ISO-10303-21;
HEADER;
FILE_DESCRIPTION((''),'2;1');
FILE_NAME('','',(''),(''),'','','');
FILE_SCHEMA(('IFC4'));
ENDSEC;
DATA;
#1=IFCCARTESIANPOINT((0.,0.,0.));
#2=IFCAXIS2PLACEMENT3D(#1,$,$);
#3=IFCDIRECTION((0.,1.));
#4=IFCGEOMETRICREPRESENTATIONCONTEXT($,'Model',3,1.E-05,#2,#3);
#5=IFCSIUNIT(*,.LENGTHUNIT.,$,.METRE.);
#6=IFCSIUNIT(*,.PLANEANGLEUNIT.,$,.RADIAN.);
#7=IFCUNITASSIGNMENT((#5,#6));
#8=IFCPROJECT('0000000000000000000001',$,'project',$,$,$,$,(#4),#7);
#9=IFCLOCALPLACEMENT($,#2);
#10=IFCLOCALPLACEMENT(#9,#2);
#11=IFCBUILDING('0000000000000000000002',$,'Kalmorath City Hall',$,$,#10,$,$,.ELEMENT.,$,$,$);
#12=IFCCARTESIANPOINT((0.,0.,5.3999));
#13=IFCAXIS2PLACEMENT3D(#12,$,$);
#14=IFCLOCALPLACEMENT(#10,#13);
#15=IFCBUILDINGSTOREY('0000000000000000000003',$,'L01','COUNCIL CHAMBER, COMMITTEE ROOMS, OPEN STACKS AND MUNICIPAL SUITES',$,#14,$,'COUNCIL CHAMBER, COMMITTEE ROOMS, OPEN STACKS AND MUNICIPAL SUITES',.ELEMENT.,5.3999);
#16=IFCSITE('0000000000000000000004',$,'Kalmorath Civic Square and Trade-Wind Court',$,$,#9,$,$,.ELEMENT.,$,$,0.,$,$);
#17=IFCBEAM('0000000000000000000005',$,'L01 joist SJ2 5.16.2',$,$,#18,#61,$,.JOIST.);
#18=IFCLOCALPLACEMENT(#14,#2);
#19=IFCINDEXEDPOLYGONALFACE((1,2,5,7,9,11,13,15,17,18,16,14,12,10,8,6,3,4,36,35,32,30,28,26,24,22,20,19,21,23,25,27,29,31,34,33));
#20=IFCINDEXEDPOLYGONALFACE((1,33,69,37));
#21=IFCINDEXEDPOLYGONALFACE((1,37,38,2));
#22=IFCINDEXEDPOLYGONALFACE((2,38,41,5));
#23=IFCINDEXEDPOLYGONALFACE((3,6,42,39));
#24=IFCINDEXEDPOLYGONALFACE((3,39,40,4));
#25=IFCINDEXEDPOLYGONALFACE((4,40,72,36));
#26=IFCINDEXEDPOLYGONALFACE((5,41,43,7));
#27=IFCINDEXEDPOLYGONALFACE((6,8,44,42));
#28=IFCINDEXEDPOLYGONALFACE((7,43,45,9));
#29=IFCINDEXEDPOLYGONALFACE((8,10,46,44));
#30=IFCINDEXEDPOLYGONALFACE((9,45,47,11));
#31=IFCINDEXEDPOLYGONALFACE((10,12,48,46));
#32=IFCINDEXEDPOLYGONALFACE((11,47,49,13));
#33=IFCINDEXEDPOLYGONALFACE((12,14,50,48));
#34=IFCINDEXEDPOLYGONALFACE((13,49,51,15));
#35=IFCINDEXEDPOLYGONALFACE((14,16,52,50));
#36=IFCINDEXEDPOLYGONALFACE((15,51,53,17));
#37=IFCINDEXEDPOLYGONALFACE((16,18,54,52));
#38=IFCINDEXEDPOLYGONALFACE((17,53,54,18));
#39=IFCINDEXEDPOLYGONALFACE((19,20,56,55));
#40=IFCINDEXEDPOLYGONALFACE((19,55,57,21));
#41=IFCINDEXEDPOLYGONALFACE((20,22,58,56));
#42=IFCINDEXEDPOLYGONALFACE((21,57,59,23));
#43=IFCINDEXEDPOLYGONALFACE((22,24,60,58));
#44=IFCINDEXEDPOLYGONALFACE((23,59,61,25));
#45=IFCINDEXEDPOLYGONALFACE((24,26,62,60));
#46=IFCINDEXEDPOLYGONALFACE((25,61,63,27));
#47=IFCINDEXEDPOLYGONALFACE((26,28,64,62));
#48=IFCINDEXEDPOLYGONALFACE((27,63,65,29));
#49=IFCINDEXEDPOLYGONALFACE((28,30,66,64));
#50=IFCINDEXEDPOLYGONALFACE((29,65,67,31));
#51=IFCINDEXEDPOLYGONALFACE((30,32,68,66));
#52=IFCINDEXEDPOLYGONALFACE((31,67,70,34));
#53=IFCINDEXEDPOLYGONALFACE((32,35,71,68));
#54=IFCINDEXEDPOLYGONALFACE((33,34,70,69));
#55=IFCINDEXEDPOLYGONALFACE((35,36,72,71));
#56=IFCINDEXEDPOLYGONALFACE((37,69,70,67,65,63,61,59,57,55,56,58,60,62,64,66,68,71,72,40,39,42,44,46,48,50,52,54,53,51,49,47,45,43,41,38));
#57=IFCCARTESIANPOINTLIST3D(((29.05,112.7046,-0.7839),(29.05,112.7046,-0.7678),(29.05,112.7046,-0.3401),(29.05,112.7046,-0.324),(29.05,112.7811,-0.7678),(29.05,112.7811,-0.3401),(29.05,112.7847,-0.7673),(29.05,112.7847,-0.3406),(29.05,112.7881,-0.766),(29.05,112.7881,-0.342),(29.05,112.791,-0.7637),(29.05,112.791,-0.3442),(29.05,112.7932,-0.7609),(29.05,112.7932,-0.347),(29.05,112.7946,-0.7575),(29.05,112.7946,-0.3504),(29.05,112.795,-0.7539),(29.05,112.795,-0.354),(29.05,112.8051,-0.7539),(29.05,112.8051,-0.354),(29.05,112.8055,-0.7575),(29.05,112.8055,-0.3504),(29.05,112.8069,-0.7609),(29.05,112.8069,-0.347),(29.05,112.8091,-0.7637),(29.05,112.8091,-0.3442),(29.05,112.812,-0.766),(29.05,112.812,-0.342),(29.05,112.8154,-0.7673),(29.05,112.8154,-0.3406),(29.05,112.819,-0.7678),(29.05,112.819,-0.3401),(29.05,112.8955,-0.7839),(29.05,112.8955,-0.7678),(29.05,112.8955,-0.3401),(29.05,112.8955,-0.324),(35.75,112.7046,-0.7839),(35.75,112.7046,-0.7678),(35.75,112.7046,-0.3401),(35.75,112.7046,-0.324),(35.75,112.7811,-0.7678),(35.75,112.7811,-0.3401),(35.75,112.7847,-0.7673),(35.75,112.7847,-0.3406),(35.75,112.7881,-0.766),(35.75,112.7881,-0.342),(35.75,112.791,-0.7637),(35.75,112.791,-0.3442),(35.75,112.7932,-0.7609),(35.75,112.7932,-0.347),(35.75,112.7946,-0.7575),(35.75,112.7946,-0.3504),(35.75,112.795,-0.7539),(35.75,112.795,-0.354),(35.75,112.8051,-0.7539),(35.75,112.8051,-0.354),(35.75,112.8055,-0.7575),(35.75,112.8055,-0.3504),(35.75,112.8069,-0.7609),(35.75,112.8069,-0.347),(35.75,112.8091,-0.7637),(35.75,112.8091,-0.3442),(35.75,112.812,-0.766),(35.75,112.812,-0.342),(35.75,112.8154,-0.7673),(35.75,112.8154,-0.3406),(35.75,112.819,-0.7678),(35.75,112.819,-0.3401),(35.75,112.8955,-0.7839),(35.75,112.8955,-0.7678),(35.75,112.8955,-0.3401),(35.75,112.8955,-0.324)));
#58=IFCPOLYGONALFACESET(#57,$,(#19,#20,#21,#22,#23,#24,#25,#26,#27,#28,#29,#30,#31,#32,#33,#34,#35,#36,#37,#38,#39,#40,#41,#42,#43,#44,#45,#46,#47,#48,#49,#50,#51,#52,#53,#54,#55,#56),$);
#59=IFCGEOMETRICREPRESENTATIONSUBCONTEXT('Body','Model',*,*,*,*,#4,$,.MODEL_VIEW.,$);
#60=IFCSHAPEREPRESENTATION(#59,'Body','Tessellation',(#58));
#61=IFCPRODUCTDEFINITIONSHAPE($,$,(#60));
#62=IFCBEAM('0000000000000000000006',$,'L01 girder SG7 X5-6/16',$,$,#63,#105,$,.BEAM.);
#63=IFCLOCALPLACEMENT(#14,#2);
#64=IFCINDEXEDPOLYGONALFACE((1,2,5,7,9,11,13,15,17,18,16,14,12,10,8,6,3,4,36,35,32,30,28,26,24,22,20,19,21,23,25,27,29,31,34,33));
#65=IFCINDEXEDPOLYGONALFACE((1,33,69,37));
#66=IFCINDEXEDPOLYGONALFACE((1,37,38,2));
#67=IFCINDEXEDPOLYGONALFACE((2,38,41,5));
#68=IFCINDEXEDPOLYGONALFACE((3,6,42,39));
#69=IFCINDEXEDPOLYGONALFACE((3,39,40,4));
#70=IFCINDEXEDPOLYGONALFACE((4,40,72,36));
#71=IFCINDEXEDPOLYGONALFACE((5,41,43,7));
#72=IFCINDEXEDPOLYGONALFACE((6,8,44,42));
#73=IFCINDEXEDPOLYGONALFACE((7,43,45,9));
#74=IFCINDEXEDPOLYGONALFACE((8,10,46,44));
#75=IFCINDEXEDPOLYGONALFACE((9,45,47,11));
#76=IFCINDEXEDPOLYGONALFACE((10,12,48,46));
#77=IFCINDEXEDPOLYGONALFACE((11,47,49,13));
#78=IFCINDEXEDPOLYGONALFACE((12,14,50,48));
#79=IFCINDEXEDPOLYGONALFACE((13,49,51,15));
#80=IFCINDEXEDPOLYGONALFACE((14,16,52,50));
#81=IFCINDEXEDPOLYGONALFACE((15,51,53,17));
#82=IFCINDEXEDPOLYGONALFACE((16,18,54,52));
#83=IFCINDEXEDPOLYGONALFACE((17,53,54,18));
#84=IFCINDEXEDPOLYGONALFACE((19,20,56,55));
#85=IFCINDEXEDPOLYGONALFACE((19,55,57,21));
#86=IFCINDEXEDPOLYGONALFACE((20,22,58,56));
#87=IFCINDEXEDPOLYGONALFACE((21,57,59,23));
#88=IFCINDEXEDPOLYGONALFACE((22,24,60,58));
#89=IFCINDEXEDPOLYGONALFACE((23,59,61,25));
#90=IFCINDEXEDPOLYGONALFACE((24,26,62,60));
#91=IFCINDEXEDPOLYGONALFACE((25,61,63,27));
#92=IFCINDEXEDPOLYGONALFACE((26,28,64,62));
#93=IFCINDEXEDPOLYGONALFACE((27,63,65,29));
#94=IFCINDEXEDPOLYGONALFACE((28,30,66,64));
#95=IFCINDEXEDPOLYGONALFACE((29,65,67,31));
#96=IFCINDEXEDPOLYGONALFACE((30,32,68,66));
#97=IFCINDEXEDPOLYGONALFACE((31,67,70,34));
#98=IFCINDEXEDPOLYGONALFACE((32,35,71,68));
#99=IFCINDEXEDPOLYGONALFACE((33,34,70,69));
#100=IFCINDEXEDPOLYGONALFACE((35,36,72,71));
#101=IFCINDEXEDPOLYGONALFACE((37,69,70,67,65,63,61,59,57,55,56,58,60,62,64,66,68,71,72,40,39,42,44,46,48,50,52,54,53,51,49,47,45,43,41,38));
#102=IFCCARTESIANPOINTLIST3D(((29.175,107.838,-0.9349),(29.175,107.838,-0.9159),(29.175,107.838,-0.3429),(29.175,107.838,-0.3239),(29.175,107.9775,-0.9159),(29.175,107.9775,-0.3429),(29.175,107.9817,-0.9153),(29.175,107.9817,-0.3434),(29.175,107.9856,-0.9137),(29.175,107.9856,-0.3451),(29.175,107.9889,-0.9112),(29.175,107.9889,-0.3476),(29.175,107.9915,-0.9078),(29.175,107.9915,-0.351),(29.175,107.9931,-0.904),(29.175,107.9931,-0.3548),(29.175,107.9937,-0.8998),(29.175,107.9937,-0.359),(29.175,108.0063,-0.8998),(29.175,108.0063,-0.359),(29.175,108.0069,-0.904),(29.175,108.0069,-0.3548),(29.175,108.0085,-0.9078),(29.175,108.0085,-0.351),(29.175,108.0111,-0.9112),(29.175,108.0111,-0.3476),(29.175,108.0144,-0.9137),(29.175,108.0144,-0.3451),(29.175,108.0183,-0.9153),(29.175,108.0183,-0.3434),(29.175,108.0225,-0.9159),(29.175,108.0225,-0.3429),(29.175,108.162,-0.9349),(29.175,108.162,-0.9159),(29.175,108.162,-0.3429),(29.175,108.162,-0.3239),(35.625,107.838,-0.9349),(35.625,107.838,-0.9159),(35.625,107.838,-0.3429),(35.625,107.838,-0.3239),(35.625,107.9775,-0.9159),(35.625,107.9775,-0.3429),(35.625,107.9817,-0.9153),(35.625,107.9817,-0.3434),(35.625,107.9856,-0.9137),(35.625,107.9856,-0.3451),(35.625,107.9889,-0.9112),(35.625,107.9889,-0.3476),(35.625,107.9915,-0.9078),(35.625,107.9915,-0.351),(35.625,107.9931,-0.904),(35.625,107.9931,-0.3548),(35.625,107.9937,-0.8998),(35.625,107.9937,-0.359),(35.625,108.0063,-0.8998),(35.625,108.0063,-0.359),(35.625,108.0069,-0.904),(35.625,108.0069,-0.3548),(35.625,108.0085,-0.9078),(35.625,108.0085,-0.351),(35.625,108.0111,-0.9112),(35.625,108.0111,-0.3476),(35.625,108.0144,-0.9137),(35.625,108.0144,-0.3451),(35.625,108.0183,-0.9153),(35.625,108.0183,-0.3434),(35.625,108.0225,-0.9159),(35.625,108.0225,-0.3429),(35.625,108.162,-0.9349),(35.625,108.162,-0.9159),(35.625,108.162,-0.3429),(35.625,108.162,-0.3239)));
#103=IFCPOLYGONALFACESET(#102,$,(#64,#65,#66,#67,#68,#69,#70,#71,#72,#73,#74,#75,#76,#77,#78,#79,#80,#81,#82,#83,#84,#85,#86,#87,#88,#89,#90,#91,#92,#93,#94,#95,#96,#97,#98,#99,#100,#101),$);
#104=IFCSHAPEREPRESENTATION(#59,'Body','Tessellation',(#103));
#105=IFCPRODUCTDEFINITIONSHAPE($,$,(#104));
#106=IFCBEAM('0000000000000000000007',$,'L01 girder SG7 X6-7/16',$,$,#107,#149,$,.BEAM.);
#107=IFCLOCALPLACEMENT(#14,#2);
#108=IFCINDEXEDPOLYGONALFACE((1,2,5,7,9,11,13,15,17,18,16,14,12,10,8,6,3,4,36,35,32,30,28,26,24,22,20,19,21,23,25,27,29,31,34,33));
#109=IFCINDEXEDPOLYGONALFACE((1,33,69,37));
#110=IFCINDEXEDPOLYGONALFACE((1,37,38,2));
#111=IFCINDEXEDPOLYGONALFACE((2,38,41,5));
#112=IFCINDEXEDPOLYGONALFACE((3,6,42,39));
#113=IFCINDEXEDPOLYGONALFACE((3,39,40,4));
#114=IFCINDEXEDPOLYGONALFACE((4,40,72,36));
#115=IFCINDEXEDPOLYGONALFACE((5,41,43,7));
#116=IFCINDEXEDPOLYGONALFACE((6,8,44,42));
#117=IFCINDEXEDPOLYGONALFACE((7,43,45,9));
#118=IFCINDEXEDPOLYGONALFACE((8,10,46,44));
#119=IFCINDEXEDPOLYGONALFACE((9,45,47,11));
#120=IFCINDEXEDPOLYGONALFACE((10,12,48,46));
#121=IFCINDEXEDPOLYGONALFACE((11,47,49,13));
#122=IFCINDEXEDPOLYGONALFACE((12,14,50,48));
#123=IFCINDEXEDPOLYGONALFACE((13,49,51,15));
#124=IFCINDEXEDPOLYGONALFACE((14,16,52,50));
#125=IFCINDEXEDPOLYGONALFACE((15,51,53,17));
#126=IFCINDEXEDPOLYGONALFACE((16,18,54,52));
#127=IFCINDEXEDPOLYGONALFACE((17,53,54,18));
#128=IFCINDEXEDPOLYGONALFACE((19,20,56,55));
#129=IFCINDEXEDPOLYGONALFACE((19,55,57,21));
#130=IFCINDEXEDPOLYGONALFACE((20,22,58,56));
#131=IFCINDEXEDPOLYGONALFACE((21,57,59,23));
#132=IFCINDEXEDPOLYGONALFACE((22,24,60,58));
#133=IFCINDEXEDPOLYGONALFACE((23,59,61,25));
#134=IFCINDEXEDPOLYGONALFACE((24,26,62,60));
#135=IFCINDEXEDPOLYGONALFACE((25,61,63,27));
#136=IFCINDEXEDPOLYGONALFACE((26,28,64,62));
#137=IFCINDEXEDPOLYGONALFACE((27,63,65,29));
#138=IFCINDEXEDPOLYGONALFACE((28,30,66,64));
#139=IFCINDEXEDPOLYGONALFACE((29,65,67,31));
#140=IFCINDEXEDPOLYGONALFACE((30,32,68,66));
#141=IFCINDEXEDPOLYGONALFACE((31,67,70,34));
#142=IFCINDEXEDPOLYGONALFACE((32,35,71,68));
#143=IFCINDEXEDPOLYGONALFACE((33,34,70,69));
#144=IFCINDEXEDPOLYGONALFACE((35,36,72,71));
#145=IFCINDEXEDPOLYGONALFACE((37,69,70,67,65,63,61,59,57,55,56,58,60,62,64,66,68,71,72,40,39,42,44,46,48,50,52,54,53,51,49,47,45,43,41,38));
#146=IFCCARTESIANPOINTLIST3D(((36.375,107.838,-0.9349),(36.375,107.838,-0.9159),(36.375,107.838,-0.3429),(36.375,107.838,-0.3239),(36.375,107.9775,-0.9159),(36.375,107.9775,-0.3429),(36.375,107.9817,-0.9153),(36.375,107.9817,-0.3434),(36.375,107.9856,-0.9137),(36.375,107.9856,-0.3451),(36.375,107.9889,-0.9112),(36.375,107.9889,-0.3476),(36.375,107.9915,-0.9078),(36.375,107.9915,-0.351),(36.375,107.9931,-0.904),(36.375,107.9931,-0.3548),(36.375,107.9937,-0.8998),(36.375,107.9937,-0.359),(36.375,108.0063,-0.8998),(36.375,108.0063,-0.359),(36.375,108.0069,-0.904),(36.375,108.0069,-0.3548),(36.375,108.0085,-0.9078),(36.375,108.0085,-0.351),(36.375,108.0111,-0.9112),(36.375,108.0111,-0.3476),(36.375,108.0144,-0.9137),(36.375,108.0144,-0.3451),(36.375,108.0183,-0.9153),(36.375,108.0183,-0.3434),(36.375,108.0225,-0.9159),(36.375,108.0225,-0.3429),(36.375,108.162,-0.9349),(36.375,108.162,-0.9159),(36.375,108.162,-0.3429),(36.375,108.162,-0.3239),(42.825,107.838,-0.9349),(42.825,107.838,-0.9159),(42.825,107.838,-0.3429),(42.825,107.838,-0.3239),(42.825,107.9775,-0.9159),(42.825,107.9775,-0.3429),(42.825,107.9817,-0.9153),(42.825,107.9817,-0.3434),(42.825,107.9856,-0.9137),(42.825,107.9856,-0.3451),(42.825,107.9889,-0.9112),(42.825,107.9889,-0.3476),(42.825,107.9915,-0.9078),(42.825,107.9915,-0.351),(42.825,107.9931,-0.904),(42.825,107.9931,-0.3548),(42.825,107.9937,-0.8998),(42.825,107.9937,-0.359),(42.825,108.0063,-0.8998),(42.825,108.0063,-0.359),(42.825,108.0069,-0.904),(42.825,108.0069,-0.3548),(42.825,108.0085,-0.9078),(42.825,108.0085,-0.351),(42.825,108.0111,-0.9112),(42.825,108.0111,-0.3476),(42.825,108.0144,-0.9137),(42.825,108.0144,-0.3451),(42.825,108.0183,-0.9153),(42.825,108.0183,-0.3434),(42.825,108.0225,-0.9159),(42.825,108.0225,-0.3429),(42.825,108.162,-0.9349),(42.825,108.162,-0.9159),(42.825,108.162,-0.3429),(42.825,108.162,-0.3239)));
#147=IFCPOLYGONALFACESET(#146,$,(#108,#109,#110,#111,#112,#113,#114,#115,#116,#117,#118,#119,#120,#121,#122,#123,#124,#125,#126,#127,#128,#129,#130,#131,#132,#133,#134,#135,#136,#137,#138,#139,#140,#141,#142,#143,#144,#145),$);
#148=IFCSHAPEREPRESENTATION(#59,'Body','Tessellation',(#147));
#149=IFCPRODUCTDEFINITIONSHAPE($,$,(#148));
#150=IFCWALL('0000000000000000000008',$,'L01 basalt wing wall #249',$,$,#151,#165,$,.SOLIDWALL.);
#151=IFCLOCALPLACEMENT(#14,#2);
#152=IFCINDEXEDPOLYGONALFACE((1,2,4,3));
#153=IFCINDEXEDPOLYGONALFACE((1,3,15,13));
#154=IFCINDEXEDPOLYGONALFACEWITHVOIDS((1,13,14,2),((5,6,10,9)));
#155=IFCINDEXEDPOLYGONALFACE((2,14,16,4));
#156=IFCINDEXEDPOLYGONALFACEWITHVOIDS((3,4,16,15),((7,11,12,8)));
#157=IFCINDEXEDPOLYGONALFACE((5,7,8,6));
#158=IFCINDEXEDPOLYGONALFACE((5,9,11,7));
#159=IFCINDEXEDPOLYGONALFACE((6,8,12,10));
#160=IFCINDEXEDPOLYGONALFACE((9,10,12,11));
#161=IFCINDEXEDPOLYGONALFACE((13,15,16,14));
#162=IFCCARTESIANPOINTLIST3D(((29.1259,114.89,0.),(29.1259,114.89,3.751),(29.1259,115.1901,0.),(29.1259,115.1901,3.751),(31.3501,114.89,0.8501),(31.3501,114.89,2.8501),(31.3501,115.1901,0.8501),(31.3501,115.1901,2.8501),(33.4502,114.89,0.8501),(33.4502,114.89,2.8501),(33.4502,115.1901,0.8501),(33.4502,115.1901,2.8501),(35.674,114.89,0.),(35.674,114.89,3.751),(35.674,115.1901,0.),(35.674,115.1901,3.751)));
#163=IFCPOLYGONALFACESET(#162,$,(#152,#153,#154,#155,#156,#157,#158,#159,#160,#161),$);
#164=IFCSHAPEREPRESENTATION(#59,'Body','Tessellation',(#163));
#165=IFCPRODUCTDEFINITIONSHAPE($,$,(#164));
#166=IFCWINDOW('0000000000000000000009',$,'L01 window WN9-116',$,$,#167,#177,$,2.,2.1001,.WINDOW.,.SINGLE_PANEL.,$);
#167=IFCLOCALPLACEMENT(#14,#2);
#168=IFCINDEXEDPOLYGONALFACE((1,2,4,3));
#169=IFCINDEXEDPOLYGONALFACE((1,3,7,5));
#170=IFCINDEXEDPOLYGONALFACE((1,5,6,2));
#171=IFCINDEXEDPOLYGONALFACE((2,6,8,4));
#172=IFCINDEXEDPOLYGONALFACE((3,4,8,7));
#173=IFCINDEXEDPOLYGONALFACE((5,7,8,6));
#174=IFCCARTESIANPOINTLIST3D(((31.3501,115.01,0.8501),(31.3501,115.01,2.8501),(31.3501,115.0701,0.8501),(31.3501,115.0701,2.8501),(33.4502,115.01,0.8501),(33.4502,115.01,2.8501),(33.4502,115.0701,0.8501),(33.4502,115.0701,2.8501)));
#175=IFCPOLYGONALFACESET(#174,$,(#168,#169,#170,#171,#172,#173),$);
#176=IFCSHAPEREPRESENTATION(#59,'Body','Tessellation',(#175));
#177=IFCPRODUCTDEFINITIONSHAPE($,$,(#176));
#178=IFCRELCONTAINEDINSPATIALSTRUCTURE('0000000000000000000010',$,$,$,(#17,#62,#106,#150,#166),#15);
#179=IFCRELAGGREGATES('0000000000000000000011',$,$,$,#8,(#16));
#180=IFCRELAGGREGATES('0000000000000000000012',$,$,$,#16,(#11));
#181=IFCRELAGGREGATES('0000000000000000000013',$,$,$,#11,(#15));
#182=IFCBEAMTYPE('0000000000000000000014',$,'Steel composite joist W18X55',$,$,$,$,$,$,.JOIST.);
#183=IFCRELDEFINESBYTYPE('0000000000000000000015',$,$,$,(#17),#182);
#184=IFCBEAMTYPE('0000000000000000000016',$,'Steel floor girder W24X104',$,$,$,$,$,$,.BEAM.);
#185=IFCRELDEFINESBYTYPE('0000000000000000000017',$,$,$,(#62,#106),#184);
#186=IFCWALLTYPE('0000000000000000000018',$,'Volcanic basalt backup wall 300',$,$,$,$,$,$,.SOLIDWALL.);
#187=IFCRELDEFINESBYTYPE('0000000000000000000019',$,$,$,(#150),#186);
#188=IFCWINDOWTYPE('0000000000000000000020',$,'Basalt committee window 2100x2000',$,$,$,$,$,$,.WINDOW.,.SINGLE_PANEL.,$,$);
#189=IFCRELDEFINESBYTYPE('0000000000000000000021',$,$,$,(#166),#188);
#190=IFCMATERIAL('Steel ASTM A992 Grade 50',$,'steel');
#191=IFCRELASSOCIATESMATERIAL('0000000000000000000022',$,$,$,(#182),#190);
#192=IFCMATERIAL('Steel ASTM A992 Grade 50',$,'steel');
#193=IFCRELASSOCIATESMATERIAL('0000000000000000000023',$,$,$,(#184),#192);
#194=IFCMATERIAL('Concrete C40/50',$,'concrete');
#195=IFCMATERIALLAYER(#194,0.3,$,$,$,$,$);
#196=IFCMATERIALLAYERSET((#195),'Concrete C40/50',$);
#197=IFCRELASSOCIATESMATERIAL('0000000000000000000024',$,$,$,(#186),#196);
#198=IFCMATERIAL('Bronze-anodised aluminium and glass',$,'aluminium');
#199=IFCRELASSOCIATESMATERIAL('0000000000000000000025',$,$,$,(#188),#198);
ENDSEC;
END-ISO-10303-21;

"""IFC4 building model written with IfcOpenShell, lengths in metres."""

from ifc_helpers import new_model, si_unit, direction, frame, frame_2d, origin, origin_2d, place, context, subcontext, project, spatial, rectangle, i_section, extrude, material, layer, layer_set, material_profile, profile_set, type_object, element, fill, save


model = new_model("IFC4")

# Units and contexts
model_context = context("Model", 3, precision=1e-05, world=origin(), true_north=direction((0.0, 1.0)))
body_context = subcontext(model_context, "Body", "Model", "MODEL_VIEW")
ifc_project = project(units=[si_unit("LENGTHUNIT", "METRE"), si_unit("PLANEANGLEUNIT", "RADIAN")], contexts=[model_context])

# Site, building, storey
site_placement = place(None, origin())
site = spatial("IfcSite", under=ifc_project, at=site_placement, Name="Kalmorath Civic Square and Trade-Wind Court", CompositionType="ELEMENT", RefElevation=0.0)
building_placement = place(site_placement, origin())
building = spatial("IfcBuilding", under=site, at=building_placement, Name="Kalmorath City Hall", CompositionType="ELEMENT")
storey_placement = place(building_placement, frame((0.0, 0.0, 5.3999)))
storey = spatial("IfcBuildingStorey", under=building, at=storey_placement, Name="L01", Description="COUNCIL CHAMBER, COMMITTEE ROOMS, OPEN STACKS AND MUNICIPAL SUITES", LongName="COUNCIL CHAMBER, COMMITTEE ROOMS, OPEN STACKS AND MUNICIPAL SUITES", CompositionType="ELEMENT", Elevation=5.3999)

# Beams
ifc_material_1 = material(Name="Steel ASTM A992 Grade 50", Category="steel")
ifc_material_profile_1 = material_profile(ifc_material_1, i_section(OverallWidth=0.1909, OverallDepth=0.46, WebThickness=0.01, FlangeThickness=0.0161, FilletRadius=0.0139, at=origin_2d()), Name="W18X55")
ifc_profile_set_1 = profile_set([ifc_material_profile_1], Name="Steel ASTM A992 Grade 50")
beam_type_1 = type_object("IfcBeamType", Name="Steel composite joist W18X55", PredefinedType="JOIST", material=ifc_profile_set_1)
for number, where, z_axis, x_axis, name in (
    (1, (29.05, 112.8, -0.554), (1.0, 0.0, 0.0), (0.0, 1.0, 0.0), "L01 joist SJ2 5.16.2"),
):
    element("IfcBeam", number, at=place(storey_placement, frame(where, z_axis=z_axis, x_axis=x_axis)), inside=storey, type_object=beam_type_1, Name=name, PredefinedType="JOIST", context=body_context, shape_type="SweptSolid", body=[
        extrude(i_section(OverallWidth=0.1909, OverallDepth=0.46, WebThickness=0.01, FlangeThickness=0.0161, FilletRadius=0.0139, at=origin_2d()), origin(), (0.0, 0.0, 1.0), 6.7),
    ])
ifc_material_2 = material(Name="Steel ASTM A992 Grade 50", Category="steel")
ifc_material_profile_2 = material_profile(ifc_material_2, i_section(OverallWidth=0.324, OverallDepth=0.6111, WebThickness=0.0127, FlangeThickness=0.019, FilletRadius=0.0161, at=origin_2d()), Name="W24X104")
ifc_profile_set_2 = profile_set([ifc_material_profile_2], Name="Steel ASTM A992 Grade 50")
beam_type_2 = type_object("IfcBeamType", Name="Steel floor girder W24X104", PredefinedType="BEAM", material=ifc_profile_set_2)
for number, where, z_axis, x_axis, name in (
    (2, (29.175, 108.0, -0.6294), (1.0, 0.0, 0.0), (0.0, 1.0, 0.0), "L01 girder SG7 X5-6/16"),
    (3, (36.375, 108.0, -0.6294), (1.0, 0.0, 0.0), (0.0, 1.0, 0.0), "L01 girder SG7 X6-7/16"),
):
    element("IfcBeam", number, at=place(storey_placement, frame(where, z_axis=z_axis, x_axis=x_axis)), inside=storey, type_object=beam_type_2, Name=name, PredefinedType="BEAM", context=body_context, shape_type="SweptSolid", body=[
        extrude(i_section(OverallWidth=0.324, OverallDepth=0.6111, WebThickness=0.0127, FlangeThickness=0.019, FilletRadius=0.0161, at=origin_2d()), origin(), (0.0, 0.0, 1.0), 6.45),
    ])

# Wall, opening, window
ifc_material_3 = material(Name="Concrete C40/50", Category="concrete")
ifc_layer_1 = layer(ifc_material_3, 0.3)
ifc_layer_set_1 = layer_set([ifc_layer_1], Name="Concrete C40/50")
wall_type = type_object("IfcWallType", Name="Volcanic basalt backup wall 300", PredefinedType="SOLIDWALL", material=ifc_layer_set_1)
wall_1_placement = place(storey_placement, frame((29.126, 115.04, 0.0), z_axis=(0.0, 0.0, 1.0), x_axis=(1.0, 0.0, 0.0)))
wall_1 = element("IfcWall", 4, at=wall_1_placement, inside=storey, type_object=wall_type, Name="L01 basalt wing wall #249", PredefinedType="SOLIDWALL", context=body_context, shape_type="SweptSolid", body=[
    extrude(rectangle(XDim=6.5481, YDim=0.3, at=frame_2d((3.2739, 0.0))), origin(), (0.0, 0.0, 1.0), 3.751),
])
opening_1_placement = place(wall_1_placement, frame((2.2241, 0.0, 0.8501)))
opening_1 = element("IfcOpeningElement", 5, at=opening_1_placement, cuts=wall_1, PredefinedType="OPENING", context=body_context, shape_type="SweptSolid", body=[
    extrude(rectangle(XDim=2.1001, YDim=2.0, at=frame_2d((1.05, 1.0))), frame((0.0, 0.1599, 0.0), z_axis=(0.0, -1.0, 0.0), x_axis=(1.0, 0.0, 0.0)), (0.0, 0.0, 1.0), 0.3201),
])
ifc_material_4 = material(Name="Bronze-anodised aluminium and glass", Category="aluminium")
window_type = type_object("IfcWindowType", Name="Basalt committee window 2100x2000", PartitioningType="SINGLE_PANEL", PredefinedType="WINDOW", material=ifc_material_4)
window_1_placement = place(opening_1_placement, origin())
window_1 = element("IfcWindow", 6, at=window_1_placement, inside=storey, type_object=window_type, Name="L01 window WN9-116", OverallHeight=2.0, OverallWidth=2.1001, PartitioningType="SINGLE_PANEL", PredefinedType="WINDOW", context=body_context, shape_type="SweptSolid", body=[
    extrude(rectangle(XDim=2.1001, YDim=2.0, at=frame_2d((1.05, 1.0))), frame((0.0, 0.03, 0.0), z_axis=(0.0, -1.0, 0.0), x_axis=(1.0, 0.0, 0.0)), (0.0, 0.0, 1.0), 0.0601),
])
fill(opening_1, window_1)

save(model, "model.ifc")
